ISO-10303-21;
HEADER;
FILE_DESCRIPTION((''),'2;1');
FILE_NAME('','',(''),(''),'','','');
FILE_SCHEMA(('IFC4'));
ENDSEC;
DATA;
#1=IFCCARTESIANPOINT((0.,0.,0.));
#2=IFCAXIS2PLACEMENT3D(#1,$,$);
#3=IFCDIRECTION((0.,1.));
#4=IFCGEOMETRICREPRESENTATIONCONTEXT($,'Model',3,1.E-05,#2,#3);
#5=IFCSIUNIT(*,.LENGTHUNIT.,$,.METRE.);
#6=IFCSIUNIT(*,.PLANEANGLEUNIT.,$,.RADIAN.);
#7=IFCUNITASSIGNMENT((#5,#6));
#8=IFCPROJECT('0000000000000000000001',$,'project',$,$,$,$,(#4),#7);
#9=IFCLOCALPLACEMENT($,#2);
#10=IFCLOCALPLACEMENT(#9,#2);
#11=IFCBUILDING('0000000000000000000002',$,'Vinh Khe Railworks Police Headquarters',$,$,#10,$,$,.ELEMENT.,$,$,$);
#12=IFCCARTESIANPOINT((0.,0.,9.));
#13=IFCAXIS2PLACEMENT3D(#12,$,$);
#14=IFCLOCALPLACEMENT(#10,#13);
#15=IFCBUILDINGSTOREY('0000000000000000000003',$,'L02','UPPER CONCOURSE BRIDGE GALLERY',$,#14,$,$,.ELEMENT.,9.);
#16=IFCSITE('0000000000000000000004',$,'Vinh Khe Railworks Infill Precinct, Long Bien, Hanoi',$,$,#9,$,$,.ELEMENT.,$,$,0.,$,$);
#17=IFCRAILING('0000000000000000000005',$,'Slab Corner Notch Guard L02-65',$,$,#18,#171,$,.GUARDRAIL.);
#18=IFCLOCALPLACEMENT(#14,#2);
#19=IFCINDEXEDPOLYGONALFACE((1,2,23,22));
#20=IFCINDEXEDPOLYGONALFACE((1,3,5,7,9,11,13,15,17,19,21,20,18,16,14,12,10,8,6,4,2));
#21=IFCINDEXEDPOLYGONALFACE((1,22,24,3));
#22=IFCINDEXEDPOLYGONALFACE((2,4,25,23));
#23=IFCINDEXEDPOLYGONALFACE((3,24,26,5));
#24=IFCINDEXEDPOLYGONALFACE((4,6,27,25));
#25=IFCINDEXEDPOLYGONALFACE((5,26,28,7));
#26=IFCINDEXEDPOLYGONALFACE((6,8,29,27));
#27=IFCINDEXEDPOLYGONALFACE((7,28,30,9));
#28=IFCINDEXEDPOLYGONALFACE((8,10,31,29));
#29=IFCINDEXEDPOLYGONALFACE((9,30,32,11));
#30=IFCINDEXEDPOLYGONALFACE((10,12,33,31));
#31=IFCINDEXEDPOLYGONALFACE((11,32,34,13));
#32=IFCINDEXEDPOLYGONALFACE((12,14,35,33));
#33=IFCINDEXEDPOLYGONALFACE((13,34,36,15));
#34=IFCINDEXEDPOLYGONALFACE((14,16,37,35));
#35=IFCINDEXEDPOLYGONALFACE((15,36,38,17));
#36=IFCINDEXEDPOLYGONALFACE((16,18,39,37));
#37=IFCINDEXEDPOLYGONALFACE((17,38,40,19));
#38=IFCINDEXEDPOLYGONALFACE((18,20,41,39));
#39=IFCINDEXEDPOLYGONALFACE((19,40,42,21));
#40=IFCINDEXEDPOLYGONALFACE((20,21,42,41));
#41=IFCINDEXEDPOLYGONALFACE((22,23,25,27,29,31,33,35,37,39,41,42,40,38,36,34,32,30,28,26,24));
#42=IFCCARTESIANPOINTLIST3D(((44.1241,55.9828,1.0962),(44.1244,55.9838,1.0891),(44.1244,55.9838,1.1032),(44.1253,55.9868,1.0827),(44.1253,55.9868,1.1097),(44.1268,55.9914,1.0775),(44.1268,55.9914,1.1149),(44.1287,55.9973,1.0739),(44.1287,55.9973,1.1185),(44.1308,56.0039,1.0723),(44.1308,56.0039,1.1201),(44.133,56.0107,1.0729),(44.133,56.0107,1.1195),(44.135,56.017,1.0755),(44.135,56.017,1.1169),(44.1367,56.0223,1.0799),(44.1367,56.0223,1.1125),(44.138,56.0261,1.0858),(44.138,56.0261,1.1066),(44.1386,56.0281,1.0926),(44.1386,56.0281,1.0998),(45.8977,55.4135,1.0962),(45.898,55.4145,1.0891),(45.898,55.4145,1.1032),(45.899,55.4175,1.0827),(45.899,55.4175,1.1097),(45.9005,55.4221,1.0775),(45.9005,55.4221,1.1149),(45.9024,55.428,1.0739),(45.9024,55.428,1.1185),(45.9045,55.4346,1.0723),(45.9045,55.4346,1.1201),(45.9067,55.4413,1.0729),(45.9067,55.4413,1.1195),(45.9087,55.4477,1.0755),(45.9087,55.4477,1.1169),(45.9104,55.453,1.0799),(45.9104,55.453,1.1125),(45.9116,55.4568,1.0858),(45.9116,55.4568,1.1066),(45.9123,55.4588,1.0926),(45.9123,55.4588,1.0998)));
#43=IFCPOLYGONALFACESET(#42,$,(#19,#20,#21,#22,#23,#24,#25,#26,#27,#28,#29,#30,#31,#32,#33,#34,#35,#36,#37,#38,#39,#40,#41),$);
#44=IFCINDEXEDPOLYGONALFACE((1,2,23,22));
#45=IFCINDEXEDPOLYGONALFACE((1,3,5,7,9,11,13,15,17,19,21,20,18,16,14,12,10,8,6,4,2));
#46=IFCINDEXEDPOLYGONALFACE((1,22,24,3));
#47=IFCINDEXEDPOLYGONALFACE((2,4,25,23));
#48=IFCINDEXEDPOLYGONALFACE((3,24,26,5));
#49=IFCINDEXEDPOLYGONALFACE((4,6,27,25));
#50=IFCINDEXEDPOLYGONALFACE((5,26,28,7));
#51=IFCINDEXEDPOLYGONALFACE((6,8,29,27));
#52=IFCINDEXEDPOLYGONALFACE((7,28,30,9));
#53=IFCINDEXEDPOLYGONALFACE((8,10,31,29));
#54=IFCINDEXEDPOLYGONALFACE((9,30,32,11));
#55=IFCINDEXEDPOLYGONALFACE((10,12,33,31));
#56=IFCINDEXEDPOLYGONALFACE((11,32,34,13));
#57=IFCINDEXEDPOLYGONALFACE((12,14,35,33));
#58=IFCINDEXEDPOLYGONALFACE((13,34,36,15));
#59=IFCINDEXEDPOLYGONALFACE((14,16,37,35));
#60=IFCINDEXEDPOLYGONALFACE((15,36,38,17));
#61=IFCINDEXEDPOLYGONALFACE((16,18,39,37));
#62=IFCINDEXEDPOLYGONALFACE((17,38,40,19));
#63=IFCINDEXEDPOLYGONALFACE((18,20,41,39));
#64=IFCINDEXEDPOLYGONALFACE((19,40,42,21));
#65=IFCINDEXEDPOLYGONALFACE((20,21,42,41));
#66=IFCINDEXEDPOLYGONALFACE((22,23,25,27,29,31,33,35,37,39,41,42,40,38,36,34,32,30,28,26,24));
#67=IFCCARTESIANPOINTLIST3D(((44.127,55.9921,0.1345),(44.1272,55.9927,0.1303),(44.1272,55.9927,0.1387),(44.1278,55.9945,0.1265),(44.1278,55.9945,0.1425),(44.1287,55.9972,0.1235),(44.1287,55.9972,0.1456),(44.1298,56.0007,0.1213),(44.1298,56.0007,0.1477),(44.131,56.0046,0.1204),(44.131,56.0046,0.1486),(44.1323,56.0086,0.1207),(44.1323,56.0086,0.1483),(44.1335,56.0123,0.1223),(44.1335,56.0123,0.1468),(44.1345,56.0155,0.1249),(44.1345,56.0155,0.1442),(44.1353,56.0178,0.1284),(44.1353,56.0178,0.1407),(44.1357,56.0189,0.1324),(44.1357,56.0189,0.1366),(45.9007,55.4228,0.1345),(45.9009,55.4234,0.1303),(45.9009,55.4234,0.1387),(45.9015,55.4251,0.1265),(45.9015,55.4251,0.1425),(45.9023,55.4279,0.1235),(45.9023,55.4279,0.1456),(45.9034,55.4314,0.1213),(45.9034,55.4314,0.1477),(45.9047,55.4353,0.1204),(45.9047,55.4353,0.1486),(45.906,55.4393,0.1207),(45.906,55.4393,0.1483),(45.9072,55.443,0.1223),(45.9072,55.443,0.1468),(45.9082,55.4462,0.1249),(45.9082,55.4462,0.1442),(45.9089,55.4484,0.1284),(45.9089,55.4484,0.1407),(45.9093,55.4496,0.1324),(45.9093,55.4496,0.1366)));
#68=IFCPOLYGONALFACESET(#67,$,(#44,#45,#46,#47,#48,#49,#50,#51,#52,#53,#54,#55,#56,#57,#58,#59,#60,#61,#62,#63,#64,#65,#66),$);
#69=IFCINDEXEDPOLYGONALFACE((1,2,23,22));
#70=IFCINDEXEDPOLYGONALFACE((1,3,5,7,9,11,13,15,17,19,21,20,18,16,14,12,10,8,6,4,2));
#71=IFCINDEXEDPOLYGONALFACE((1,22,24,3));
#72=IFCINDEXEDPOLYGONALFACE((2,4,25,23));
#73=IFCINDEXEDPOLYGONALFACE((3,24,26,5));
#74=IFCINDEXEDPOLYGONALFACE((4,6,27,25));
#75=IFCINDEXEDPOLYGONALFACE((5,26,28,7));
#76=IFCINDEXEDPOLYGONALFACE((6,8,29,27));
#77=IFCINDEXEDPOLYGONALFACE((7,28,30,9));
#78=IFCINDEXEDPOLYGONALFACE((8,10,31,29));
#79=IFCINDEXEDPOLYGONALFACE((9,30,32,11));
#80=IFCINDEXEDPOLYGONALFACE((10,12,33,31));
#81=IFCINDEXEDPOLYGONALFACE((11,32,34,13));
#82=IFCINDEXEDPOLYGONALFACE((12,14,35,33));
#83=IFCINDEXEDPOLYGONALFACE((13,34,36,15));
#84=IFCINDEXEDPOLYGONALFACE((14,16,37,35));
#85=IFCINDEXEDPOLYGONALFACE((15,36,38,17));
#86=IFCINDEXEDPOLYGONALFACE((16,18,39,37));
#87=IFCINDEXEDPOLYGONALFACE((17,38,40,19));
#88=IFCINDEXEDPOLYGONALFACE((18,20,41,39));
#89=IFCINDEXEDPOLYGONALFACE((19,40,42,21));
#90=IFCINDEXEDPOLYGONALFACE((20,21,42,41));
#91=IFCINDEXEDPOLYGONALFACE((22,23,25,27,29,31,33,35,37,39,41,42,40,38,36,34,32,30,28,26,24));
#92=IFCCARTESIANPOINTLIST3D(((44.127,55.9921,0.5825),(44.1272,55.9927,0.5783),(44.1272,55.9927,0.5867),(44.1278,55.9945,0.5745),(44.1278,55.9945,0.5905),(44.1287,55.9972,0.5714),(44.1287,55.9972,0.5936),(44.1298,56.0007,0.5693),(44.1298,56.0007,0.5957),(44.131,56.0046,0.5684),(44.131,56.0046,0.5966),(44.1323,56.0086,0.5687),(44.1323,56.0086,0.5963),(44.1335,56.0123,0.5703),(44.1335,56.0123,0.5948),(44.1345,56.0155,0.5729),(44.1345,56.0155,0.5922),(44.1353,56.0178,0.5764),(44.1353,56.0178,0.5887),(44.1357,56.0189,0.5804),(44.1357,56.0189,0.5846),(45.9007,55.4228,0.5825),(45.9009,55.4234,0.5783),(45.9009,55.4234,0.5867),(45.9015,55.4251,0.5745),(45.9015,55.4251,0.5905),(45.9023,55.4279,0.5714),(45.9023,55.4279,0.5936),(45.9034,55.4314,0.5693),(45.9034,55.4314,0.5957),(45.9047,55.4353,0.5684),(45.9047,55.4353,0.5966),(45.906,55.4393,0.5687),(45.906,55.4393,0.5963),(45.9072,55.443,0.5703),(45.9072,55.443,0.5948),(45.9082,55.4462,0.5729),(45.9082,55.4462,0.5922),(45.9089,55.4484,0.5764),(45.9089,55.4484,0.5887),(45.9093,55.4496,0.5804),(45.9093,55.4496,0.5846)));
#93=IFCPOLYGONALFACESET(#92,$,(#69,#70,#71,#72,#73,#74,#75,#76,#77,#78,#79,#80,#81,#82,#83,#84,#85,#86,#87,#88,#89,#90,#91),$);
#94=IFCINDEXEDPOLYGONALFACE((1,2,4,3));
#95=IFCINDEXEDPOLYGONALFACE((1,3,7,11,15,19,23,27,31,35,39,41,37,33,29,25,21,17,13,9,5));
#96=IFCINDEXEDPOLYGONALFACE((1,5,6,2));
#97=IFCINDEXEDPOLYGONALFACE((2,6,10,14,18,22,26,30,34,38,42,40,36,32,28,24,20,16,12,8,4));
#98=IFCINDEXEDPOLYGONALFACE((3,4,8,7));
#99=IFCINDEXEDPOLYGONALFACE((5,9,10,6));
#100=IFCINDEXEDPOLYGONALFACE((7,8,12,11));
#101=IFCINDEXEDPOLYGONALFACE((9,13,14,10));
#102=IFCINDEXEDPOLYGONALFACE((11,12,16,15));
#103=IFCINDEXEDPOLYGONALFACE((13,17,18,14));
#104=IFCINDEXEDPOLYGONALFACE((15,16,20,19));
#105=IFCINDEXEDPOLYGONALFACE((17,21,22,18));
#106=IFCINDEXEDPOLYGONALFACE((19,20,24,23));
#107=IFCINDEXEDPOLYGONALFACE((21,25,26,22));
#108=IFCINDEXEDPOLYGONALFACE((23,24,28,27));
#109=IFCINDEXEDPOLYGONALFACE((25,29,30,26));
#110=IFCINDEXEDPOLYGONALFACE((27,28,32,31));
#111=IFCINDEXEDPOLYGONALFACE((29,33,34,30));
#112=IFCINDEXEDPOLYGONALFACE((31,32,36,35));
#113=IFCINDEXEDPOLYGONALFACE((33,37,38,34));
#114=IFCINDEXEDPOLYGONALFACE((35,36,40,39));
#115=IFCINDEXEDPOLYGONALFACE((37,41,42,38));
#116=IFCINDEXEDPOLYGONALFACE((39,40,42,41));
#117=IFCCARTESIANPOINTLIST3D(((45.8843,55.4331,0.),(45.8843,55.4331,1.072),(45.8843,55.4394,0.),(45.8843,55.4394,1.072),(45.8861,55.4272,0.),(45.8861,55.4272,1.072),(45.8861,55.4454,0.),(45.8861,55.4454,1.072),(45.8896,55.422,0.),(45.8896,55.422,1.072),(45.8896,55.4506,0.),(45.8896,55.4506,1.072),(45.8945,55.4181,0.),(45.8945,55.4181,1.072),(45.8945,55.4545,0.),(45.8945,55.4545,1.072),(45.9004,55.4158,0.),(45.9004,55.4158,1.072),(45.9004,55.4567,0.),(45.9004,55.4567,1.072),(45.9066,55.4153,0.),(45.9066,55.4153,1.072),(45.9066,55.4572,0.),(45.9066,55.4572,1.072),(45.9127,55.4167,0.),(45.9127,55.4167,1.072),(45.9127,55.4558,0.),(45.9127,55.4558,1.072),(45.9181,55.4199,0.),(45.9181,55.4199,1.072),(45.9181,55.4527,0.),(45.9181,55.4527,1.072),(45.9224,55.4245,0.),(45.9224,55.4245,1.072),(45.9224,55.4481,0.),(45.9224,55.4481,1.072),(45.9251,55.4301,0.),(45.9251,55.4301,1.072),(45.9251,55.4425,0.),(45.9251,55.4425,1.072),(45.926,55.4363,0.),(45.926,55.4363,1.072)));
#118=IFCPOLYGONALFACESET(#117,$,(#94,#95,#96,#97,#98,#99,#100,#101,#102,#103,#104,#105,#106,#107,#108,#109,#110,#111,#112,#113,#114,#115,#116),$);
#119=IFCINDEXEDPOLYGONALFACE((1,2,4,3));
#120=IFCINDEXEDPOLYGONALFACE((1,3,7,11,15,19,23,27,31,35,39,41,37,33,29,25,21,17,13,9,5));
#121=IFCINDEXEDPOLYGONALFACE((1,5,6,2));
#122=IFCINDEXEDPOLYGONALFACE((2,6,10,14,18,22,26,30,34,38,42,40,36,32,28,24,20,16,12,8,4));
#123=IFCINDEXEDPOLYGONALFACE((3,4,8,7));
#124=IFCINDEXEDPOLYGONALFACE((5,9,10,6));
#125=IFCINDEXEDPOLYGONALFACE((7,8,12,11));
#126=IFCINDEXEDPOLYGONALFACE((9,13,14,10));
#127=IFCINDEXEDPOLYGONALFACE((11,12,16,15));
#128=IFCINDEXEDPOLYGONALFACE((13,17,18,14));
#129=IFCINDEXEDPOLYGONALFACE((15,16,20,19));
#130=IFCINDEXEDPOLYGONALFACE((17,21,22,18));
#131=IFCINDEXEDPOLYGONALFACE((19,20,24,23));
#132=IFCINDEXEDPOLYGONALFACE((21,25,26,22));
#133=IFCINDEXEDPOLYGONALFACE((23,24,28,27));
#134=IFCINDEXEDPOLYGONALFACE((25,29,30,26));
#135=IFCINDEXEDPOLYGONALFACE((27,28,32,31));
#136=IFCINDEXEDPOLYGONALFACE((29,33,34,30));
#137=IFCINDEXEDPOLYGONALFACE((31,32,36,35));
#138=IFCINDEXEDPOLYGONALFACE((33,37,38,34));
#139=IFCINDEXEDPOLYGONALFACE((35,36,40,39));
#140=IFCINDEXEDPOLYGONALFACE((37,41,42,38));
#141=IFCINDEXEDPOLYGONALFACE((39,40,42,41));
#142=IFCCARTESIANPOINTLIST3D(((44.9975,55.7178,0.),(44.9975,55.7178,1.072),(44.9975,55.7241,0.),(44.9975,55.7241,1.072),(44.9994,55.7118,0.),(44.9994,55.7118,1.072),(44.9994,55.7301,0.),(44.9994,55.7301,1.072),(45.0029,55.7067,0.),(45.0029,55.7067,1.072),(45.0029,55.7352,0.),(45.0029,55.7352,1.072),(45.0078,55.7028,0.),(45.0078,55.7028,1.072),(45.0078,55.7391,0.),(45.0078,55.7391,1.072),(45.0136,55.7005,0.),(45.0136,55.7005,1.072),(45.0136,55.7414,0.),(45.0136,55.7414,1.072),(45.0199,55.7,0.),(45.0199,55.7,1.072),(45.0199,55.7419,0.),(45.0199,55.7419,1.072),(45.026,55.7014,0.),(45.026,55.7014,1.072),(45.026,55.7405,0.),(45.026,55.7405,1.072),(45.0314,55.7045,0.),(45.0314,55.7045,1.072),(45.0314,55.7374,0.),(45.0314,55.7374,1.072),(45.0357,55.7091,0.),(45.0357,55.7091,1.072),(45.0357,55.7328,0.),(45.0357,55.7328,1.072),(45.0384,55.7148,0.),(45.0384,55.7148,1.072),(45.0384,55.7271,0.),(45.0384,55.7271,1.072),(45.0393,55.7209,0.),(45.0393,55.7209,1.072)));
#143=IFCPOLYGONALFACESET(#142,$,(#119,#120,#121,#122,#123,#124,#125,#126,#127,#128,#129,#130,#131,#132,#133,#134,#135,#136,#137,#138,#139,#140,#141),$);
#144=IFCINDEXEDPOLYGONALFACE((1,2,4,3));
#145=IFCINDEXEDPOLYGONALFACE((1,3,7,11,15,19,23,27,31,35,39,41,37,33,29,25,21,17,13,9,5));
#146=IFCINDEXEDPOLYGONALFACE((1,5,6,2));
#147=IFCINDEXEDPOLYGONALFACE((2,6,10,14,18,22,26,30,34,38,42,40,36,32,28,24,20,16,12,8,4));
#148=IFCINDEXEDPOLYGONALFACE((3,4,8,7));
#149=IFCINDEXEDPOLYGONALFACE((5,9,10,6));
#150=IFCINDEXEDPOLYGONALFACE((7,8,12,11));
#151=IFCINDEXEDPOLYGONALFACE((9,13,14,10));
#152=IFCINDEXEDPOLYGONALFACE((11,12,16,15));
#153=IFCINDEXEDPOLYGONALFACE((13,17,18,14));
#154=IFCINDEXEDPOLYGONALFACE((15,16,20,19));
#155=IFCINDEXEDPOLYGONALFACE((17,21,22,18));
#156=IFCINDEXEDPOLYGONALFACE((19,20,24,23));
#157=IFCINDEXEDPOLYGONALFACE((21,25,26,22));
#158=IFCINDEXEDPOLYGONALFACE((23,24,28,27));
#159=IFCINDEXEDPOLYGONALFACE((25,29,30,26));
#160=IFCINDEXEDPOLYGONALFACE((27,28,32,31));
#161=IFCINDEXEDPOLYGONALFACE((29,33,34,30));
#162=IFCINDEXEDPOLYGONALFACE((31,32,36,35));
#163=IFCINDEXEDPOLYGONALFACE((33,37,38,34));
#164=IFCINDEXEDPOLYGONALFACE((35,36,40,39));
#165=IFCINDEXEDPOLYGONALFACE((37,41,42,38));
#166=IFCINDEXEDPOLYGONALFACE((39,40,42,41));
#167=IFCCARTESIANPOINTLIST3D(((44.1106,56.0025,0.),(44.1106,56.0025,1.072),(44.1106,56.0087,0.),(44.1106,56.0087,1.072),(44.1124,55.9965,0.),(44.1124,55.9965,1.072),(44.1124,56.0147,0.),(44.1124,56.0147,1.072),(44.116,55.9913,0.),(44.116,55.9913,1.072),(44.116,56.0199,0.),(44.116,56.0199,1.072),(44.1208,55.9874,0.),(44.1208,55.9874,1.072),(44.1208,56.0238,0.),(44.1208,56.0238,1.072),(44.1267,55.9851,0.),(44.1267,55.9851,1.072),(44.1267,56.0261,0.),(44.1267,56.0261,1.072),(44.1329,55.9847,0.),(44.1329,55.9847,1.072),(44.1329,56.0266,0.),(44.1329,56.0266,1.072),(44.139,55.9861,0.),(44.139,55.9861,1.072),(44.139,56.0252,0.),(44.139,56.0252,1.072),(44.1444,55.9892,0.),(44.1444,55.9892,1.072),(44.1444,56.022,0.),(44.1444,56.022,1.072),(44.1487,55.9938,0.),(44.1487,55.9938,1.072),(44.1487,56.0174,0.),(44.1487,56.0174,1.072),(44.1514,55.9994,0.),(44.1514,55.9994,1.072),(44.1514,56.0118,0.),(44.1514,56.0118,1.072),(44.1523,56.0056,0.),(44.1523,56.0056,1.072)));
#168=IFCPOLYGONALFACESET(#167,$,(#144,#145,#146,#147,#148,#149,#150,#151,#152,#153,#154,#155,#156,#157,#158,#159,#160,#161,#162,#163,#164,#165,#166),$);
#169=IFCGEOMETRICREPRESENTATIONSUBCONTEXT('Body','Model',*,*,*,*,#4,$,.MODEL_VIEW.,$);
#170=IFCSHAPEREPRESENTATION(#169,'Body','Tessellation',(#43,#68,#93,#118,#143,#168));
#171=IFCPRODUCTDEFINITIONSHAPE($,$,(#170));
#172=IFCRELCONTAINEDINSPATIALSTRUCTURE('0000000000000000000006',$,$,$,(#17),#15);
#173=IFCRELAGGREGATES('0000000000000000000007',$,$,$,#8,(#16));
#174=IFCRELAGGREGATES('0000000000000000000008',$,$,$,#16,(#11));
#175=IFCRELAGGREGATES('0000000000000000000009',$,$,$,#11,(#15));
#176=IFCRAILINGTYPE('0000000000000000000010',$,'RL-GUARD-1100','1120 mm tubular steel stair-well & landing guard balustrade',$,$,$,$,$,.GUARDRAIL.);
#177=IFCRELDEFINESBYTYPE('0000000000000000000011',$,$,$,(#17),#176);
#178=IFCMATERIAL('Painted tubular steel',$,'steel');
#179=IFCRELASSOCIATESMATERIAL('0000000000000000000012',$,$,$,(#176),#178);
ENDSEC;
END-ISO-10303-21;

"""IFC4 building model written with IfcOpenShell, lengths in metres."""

from ifc_helpers import new_model, si_unit, direction, frame, origin, origin_2d, place, context, subcontext, project, spatial, circle, extrude, material, type_object, element, save


model = new_model("IFC4")

# Units and contexts
model_context = context("Model", 3, precision=1e-05, world=origin(), true_north=direction((0.0, 1.0)))
body_context = subcontext(model_context, "Body", "Model", "MODEL_VIEW")
ifc_project = project(units=[si_unit("LENGTHUNIT", "METRE"), si_unit("PLANEANGLEUNIT", "RADIAN")], contexts=[model_context])

# Site, building, storey
site_placement = place(None, origin())
site = spatial("IfcSite", under=ifc_project, at=site_placement, Name="Vinh Khe Railworks Infill Precinct, Long Bien, Hanoi", CompositionType="ELEMENT", RefElevation=0.0)
building_placement = place(site_placement, origin())
building = spatial("IfcBuilding", under=site, at=building_placement, Name="Vinh Khe Railworks Police Headquarters", CompositionType="ELEMENT")
storey_placement = place(building_placement, frame((0.0, 0.0, 9.0)))
storey = spatial("IfcBuildingStorey", under=building, at=storey_placement, Name="L02", Description="UPPER CONCOURSE BRIDGE GALLERY", CompositionType="ELEMENT", Elevation=9.0)

# Railing
ifc_material_1 = material(Name="Painted tubular steel", Category="steel")
railing_type_1 = type_object("IfcRailingType", Name="RL-GUARD-1100", Description="1120 mm tubular steel stair-well & landing guard balustrade", PredefinedType="GUARDRAIL", material=ifc_material_1)
railing_1_placement = place(storey_placement, frame((45.905, 55.4363, 0.0)))
element("IfcRailing", 1, at=railing_1_placement, inside=storey, type_object=railing_type_1, Name="Slab Corner Notch Guard L02-65", PredefinedType="GUARDRAIL", context=body_context, shape_type="SweptSolid", body=[
    extrude(circle(Radius=0.0239, at=origin_2d()), frame((0.0, 0.0, 1.0962), z_axis=(-0.95215, 0.305632, 0.0), x_axis=(-0.305632, -0.95215, 0.0)), (0.0, 0.0, 1.0), 1.8628),
    extrude(circle(Radius=0.0142, at=origin_2d()), frame((0.0, 0.0, 0.1345), z_axis=(-0.95215, 0.305632, 0.0), x_axis=(-0.305632, -0.95215, 0.0)), (0.0, 0.0, 1.0), 1.8628),
    extrude(circle(Radius=0.0142, at=origin_2d()), frame((0.0, 0.0, 0.5825), z_axis=(-0.95215, 0.305632, 0.0), x_axis=(-0.305632, -0.95215, 0.0)), (0.0, 0.0, 1.0), 1.8628),
    extrude(circle(Radius=0.021, at=origin_2d()), origin(), (0.0, 0.0, 1.0), 1.072),
    extrude(circle(Radius=0.021, at=origin_2d()), frame((-0.8867, 0.2847, 0.0)), (0.0, 0.0, 1.0), 1.072),
    extrude(circle(Radius=0.021, at=origin_2d()), frame((-1.7737, 0.5693, 0.0)), (0.0, 0.0, 1.0), 1.072),
])

save(model, "model.ifc")
